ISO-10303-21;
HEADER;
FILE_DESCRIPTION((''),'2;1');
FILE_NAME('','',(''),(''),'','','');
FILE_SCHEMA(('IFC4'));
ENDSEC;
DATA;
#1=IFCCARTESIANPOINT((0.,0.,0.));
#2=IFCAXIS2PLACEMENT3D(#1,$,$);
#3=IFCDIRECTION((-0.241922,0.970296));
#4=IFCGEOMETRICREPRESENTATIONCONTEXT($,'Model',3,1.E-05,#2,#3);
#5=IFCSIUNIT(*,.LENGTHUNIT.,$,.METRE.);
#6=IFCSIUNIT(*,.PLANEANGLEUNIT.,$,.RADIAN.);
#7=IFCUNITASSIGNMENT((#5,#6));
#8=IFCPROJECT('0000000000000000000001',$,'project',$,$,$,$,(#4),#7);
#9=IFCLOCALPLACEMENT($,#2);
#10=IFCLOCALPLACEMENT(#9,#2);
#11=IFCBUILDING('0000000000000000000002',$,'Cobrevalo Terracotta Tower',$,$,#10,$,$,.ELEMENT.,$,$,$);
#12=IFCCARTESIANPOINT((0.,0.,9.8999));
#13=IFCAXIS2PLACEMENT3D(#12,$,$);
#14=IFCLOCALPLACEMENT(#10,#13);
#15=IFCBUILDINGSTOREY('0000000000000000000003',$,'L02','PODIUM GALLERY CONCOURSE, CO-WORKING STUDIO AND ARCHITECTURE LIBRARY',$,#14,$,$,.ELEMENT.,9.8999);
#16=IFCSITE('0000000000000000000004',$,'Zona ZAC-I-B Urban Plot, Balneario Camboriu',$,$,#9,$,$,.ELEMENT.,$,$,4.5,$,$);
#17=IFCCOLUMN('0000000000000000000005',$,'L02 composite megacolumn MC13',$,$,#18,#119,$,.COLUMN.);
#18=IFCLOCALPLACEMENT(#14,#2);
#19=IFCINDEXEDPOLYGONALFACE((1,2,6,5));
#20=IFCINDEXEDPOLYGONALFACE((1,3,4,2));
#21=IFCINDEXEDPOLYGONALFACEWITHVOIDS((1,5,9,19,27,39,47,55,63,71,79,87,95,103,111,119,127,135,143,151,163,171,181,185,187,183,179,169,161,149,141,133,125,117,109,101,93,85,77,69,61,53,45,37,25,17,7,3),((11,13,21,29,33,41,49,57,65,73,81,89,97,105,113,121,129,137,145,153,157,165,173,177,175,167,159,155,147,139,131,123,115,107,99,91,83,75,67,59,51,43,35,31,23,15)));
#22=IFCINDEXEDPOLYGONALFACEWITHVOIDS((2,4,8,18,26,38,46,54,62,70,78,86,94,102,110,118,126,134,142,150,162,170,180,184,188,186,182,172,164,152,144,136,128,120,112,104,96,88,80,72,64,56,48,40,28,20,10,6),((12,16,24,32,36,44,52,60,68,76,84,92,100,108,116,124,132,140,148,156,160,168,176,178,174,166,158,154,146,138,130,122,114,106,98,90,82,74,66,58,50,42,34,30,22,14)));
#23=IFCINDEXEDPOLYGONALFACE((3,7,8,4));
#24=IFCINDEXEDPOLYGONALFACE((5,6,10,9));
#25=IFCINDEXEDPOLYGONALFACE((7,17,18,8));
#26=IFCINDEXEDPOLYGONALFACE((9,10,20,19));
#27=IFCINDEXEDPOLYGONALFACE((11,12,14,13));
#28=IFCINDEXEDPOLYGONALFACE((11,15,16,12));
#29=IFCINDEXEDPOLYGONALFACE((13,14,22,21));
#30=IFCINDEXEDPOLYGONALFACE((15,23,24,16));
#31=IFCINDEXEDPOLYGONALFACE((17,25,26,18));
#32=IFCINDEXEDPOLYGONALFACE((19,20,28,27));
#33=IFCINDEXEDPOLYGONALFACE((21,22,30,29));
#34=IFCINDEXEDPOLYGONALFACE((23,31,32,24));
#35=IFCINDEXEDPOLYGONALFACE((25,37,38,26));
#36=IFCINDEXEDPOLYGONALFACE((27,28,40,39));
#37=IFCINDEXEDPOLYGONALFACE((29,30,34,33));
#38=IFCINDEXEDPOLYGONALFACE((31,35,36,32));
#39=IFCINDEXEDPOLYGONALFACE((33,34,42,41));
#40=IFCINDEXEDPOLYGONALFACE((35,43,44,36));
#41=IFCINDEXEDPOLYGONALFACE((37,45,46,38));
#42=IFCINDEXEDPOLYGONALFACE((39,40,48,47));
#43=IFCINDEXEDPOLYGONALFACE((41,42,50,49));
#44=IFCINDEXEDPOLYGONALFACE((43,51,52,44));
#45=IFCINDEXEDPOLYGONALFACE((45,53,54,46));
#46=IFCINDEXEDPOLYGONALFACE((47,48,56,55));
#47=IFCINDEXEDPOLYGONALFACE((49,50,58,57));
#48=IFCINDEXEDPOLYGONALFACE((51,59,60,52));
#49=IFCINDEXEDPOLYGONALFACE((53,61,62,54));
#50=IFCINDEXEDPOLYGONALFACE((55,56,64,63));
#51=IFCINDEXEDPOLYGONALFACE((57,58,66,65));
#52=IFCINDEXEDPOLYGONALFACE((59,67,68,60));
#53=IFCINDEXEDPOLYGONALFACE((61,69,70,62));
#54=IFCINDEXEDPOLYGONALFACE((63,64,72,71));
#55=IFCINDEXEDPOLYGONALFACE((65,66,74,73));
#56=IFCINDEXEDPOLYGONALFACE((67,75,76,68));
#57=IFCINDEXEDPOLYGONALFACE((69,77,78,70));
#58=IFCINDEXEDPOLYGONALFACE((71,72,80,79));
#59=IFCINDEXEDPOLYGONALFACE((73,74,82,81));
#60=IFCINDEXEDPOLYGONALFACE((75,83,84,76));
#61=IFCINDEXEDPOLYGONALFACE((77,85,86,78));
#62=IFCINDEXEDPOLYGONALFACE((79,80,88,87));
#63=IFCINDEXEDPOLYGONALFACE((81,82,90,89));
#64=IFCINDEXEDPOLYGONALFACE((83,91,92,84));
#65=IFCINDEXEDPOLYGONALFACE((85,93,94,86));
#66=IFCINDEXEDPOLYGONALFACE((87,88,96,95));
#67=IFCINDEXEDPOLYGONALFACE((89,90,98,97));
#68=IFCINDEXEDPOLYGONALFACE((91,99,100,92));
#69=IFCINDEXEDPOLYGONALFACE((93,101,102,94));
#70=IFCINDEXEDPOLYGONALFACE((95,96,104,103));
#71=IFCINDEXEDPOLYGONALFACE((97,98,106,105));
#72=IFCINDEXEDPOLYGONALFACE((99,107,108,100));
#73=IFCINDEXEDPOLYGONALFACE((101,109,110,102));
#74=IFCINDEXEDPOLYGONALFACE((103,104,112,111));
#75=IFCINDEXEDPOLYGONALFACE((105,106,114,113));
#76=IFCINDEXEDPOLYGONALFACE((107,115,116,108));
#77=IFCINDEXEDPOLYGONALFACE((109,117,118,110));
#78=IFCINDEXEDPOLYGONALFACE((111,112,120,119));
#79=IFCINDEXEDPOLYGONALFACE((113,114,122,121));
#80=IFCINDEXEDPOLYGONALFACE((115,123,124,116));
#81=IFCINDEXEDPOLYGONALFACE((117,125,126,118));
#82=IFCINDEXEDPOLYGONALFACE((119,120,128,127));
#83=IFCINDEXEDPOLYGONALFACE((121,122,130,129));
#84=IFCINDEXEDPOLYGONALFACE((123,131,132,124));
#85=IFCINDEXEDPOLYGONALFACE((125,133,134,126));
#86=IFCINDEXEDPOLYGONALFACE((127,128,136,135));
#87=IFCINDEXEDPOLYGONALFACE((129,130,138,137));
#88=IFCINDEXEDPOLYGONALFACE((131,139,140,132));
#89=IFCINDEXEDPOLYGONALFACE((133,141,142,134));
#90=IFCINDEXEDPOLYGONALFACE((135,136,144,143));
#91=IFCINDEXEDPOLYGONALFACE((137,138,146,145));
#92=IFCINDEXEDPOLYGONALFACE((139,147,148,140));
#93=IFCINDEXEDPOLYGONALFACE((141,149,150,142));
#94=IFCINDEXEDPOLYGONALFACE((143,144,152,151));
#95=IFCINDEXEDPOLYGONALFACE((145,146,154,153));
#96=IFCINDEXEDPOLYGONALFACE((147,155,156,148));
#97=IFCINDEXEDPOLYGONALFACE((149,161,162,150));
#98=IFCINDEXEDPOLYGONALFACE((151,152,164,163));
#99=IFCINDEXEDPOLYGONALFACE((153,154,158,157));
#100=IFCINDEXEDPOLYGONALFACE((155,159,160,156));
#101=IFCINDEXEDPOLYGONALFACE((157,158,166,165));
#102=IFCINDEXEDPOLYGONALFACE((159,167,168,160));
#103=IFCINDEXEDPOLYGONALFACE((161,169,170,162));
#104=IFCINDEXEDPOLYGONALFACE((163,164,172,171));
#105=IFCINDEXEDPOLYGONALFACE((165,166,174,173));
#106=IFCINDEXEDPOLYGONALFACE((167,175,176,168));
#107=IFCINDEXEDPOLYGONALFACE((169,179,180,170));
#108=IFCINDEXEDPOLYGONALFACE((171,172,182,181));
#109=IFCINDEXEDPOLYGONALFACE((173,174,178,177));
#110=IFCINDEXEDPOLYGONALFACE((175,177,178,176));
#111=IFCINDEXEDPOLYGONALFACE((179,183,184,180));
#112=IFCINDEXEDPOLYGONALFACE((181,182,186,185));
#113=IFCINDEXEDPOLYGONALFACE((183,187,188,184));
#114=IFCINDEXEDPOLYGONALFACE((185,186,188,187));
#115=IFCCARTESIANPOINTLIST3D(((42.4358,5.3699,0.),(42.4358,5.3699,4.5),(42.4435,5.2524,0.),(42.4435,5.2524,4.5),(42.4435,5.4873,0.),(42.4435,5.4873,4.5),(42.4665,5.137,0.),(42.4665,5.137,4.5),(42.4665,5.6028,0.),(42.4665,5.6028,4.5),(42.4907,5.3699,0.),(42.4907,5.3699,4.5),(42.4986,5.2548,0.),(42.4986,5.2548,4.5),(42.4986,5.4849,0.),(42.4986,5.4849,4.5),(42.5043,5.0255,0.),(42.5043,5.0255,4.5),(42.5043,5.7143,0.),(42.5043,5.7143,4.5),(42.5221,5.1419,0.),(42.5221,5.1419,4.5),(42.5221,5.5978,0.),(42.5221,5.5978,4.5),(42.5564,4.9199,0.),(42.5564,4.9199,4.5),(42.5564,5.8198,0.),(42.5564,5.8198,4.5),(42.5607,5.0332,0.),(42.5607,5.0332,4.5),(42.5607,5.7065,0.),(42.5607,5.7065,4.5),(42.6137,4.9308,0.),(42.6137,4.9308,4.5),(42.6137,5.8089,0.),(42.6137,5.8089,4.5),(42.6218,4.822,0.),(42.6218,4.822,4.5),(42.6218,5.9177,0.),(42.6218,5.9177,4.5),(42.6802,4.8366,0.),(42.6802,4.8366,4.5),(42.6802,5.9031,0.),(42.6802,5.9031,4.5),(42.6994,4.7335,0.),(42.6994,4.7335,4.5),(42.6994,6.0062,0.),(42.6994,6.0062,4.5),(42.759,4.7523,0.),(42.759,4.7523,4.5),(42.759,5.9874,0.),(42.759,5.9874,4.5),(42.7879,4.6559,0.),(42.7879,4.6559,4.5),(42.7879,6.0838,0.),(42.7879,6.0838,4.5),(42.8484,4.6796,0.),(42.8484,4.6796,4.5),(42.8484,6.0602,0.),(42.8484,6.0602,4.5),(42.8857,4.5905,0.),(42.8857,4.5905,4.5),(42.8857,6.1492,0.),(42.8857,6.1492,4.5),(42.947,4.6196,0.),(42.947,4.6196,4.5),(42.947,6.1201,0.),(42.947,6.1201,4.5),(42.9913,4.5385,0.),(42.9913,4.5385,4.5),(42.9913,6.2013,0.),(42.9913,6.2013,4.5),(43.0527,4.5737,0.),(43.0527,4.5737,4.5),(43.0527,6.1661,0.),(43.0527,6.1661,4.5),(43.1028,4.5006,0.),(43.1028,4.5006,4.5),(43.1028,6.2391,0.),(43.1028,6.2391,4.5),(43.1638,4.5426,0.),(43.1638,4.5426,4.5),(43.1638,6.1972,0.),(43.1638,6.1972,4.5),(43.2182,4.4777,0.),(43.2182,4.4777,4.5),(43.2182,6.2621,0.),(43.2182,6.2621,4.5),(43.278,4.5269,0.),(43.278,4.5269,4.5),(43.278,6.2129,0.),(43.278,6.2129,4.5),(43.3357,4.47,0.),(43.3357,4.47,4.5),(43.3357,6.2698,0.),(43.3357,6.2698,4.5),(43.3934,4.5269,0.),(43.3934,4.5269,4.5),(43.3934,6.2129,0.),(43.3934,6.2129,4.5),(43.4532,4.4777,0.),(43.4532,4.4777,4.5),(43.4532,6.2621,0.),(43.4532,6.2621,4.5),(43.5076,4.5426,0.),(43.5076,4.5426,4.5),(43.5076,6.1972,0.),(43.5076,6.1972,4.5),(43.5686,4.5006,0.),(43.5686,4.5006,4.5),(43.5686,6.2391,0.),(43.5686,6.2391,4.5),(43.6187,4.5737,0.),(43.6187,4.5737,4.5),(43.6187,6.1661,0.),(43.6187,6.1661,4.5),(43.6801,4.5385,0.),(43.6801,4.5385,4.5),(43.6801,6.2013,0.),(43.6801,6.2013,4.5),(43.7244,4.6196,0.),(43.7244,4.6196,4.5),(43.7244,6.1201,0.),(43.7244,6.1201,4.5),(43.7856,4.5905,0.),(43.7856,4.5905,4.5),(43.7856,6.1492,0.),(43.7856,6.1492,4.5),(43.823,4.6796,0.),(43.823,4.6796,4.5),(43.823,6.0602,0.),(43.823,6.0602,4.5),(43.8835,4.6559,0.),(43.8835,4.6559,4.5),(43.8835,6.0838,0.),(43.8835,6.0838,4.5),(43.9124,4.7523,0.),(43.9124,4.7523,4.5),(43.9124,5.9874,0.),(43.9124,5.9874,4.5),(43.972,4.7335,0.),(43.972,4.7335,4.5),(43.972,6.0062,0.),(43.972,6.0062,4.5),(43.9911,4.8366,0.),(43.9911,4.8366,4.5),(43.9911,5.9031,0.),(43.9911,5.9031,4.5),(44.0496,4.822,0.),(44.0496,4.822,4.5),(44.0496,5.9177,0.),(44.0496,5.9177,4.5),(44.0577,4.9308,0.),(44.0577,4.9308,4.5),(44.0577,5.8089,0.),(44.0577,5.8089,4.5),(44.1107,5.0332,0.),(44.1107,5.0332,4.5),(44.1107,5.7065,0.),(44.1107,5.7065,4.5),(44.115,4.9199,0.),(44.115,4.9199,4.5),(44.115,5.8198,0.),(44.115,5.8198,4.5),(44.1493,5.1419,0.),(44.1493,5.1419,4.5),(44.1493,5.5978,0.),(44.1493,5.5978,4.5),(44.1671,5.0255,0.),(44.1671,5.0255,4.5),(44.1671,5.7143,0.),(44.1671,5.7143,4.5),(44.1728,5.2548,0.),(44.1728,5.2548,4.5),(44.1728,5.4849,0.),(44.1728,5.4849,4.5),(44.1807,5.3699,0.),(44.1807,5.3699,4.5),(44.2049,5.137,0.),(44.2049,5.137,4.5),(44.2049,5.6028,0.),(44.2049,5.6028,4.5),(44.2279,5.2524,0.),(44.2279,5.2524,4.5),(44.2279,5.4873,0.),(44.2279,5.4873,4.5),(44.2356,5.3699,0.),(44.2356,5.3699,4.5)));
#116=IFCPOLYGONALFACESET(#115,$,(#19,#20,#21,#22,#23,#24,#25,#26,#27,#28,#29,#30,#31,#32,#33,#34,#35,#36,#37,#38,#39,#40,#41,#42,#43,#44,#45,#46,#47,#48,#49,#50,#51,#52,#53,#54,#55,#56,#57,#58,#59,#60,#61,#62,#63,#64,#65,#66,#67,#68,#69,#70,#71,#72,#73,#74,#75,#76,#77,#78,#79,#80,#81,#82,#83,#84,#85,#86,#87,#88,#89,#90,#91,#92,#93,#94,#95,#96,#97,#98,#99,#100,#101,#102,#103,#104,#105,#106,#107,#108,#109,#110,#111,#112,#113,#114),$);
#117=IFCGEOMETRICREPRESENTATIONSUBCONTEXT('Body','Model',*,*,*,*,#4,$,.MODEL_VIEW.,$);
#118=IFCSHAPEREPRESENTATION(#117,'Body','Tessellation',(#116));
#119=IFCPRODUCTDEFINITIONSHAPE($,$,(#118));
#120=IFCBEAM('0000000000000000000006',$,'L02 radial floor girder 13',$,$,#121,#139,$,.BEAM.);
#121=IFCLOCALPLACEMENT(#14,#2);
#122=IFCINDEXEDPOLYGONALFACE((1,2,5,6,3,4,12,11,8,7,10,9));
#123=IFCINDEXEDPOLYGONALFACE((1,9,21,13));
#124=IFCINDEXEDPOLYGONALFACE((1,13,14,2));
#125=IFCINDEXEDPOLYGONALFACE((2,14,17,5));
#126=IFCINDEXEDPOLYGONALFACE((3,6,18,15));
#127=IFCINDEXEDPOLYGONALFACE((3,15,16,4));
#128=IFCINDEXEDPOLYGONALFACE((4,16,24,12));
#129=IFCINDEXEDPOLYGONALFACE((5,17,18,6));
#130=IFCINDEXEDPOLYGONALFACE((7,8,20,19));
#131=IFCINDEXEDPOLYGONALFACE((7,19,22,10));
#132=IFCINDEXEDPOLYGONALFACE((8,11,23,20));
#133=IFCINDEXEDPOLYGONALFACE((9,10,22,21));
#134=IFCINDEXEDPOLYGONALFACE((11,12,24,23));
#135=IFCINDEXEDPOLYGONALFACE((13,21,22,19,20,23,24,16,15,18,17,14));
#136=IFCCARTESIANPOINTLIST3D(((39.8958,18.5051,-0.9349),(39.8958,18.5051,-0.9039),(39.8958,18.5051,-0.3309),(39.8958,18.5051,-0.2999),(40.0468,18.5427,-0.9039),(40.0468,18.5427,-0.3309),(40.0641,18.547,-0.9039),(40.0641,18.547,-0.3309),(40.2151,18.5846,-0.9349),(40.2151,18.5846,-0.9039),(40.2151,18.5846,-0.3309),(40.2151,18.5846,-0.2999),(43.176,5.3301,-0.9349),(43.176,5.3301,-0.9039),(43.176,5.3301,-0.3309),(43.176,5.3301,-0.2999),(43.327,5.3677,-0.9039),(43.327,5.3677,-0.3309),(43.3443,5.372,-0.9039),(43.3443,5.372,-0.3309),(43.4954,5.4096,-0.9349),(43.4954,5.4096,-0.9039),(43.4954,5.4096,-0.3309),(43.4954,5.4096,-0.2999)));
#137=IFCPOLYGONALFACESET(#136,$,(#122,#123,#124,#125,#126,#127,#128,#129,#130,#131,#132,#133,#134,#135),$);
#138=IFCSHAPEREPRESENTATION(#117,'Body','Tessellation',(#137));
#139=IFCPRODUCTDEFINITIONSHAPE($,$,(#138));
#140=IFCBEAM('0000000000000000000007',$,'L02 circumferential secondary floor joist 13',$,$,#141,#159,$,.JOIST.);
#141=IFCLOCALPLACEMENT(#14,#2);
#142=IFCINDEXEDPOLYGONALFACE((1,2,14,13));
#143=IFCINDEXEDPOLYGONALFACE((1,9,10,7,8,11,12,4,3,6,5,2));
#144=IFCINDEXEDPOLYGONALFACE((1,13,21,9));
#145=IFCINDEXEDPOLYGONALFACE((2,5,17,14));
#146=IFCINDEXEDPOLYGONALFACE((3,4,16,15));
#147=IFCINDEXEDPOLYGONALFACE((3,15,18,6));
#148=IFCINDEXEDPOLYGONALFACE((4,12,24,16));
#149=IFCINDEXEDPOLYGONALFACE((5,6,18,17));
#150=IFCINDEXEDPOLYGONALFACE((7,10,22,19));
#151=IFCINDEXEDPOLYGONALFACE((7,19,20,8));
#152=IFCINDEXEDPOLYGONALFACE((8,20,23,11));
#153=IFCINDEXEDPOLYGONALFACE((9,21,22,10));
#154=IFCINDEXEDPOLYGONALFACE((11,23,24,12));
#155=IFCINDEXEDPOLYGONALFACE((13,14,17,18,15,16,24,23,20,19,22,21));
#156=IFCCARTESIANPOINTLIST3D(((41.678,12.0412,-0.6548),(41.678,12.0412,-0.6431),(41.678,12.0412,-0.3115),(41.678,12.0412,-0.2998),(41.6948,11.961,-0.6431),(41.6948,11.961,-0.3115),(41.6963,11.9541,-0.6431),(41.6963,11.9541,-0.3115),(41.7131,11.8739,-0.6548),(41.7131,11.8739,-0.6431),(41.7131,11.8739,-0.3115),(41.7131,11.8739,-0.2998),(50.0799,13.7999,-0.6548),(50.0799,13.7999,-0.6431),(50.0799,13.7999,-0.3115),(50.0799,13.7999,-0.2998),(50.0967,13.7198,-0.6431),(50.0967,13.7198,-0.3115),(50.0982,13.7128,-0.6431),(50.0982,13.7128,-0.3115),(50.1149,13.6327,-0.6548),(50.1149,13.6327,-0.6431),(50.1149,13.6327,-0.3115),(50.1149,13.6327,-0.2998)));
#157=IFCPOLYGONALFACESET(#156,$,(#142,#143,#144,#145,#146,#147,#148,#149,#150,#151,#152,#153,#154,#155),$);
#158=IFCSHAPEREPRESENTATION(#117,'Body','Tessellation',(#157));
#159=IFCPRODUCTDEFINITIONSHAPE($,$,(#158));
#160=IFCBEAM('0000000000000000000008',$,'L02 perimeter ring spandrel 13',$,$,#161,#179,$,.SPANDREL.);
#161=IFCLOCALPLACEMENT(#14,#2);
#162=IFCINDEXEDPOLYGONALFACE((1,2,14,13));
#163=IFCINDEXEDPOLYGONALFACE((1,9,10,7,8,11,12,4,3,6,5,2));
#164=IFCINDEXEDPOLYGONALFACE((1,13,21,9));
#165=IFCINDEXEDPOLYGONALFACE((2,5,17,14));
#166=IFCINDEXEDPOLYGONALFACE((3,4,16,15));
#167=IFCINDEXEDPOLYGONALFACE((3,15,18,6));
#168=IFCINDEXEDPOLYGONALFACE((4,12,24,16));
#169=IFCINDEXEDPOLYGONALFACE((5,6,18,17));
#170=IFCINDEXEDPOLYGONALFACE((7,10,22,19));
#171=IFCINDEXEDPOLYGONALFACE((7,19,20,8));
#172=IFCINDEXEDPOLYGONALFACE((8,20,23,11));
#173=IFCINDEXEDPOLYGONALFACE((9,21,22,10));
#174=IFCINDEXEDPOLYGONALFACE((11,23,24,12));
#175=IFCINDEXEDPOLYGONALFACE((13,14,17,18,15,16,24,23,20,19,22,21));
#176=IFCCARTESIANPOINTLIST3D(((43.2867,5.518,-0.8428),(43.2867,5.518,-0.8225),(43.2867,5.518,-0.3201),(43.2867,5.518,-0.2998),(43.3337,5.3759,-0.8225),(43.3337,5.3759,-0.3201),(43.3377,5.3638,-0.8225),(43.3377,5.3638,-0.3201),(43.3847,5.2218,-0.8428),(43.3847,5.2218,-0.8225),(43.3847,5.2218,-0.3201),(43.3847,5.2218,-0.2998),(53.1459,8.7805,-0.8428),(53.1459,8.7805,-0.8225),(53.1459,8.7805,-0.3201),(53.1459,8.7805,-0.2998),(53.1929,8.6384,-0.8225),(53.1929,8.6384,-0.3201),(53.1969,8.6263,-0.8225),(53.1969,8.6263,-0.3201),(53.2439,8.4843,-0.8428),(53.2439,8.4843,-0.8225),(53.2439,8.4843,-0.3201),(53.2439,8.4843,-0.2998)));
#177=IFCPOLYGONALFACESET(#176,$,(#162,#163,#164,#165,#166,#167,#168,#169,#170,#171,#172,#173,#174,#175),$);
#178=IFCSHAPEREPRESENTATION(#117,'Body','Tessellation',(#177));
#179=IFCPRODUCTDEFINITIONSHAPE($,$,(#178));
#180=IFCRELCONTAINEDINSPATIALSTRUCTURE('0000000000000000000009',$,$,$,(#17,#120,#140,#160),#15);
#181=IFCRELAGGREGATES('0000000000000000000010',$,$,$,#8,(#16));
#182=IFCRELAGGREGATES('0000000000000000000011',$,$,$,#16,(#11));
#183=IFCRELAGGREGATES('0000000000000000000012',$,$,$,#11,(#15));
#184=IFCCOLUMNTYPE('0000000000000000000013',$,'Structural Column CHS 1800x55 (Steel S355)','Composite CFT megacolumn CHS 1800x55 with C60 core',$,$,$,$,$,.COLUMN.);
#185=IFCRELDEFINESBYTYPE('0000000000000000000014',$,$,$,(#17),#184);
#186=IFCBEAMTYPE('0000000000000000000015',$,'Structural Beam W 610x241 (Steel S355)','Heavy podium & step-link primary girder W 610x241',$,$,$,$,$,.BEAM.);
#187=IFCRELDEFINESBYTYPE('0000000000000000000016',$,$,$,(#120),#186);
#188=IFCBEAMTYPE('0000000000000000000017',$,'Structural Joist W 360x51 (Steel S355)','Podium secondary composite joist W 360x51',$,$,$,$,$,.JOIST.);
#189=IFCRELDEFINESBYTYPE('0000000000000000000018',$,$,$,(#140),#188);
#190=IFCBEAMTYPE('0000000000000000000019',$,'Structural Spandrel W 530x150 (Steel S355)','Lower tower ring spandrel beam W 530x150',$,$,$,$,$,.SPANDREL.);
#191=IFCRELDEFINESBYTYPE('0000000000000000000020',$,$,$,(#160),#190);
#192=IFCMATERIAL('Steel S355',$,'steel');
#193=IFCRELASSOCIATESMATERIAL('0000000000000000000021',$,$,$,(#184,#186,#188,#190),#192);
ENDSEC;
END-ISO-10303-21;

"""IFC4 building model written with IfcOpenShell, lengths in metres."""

from ifc_helpers import new_model, si_unit, direction, frame, origin, origin_2d, place, context, subcontext, project, spatial, hollow_circle, i_section, extrude, material, material_profile, profile_set, type_object, element, save


model = new_model("IFC4")

# Units and contexts
model_context = context("Model", 3, precision=1e-05, world=origin(), true_north=direction((-0.241922, 0.970296)))
body_context = subcontext(model_context, "Body", "Model", "MODEL_VIEW")
ifc_project = project(units=[si_unit("LENGTHUNIT", "METRE"), si_unit("PLANEANGLEUNIT", "RADIAN")], contexts=[model_context])

# Site, building, storey
site_placement = place(None, origin())
site = spatial("IfcSite", under=ifc_project, at=site_placement, Name="Zona ZAC-I-B Urban Plot, Balneario Camboriu", CompositionType="ELEMENT", RefElevation=4.5)
building_placement = place(site_placement, origin())
building = spatial("IfcBuilding", under=site, at=building_placement, Name="Cobrevalo Terracotta Tower", CompositionType="ELEMENT")
storey_placement = place(building_placement, frame((0.0, 0.0, 9.8999)))
storey = spatial("IfcBuildingStorey", under=building, at=storey_placement, Name="L02", Description="PODIUM GALLERY CONCOURSE, CO-WORKING STUDIO AND ARCHITECTURE LIBRARY", CompositionType="ELEMENT", Elevation=9.8999)

# Column
ifc_material_1 = material(Name="Steel S355", Category="steel")
ifc_material_profile_1 = material_profile(ifc_material_1, hollow_circle(Radius=0.8999, WallThickness=0.0549, at=origin_2d()), Name="CHS 1800x55")
ifc_profile_set_1 = profile_set([ifc_material_profile_1], Name="Steel S355")
column_type = type_object("IfcColumnType", Name="Structural Column CHS 1800x55 (Steel S355)", Description="Composite CFT megacolumn CHS 1800x55 with C60 core", PredefinedType="COLUMN", material=ifc_profile_set_1)
column_placement = place(storey_placement, frame((43.3357, 5.3699, 0.0), z_axis=(0.0, 0.0, 1.0), x_axis=(1.0, 0.0, 0.0)))
element("IfcColumn", 1, at=column_placement, inside=storey, type_object=column_type, Name="L02 composite megacolumn MC13", PredefinedType="COLUMN", context=body_context, shape_type="SweptSolid", body=[
    extrude(hollow_circle(Radius=0.8999, WallThickness=0.0549, at=origin_2d()), origin(), (0.0, 0.0, 1.0), 4.5),
])

# Beams
ifc_material_profile_2 = material_profile(ifc_material_1, i_section(OverallWidth=0.3291, OverallDepth=0.635, WebThickness=0.0178, FlangeThickness=0.031, at=origin_2d()), Name="W 610x241")
ifc_profile_set_2 = profile_set([ifc_material_profile_2], Name="Steel S355")
beam_type_1 = type_object("IfcBeamType", Name="Structural Beam W 610x241 (Steel S355)", Description="Heavy podium & step-link primary girder W 610x241", PredefinedType="BEAM", material=ifc_profile_set_2)
beam_1_placement = place(storey_placement, frame((43.3357, 5.3699, -0.6174), z_axis=(-0.2416, 0.970376, 0.0), x_axis=(-0.970376, -0.2416, 0.0)))
element("IfcBeam", 2, at=beam_1_placement, inside=storey, type_object=beam_type_1, Name="L02 radial floor girder 13", PredefinedType="BEAM", context=body_context, shape_type="SweptSolid", body=[
    extrude(i_section(OverallWidth=0.3291, OverallDepth=0.635, WebThickness=0.0178, FlangeThickness=0.031, at=origin_2d()), origin(), (0.0, 0.0, 1.0), 13.5771),
])
ifc_material_profile_3 = material_profile(ifc_material_1, i_section(OverallWidth=0.1709, OverallDepth=0.355, WebThickness=0.0071, FlangeThickness=0.0117, at=origin_2d()), Name="W 360x51")
ifc_profile_set_3 = profile_set([ifc_material_profile_3], Name="Steel S355")
beam_type_2 = type_object("IfcBeamType", Name="Structural Joist W 360x51 (Steel S355)", Description="Podium secondary composite joist W 360x51", PredefinedType="JOIST", material=ifc_profile_set_3)
beam_2_placement = place(storey_placement, frame((41.6956, 11.9575, -0.4773), z_axis=(0.978785, 0.204892, 0.0), x_axis=(-0.204892, 0.978785, 0.0)))
element("IfcBeam", 3, at=beam_2_placement, inside=storey, type_object=beam_type_2, Name="L02 circumferential secondary floor joist 13", PredefinedType="JOIST", context=body_context, shape_type="SweptSolid", body=[
    extrude(i_section(OverallWidth=0.1709, OverallDepth=0.355, WebThickness=0.0071, FlangeThickness=0.0117, at=origin_2d()), origin(), (0.0, 0.0, 1.0), 8.584),
])
ifc_material_profile_4 = material_profile(ifc_material_1, i_section(OverallWidth=0.312, OverallDepth=0.543, WebThickness=0.0127, FlangeThickness=0.0203, at=origin_2d()), Name="W 530x150")
ifc_profile_set_4 = profile_set([ifc_material_profile_4], Name="Steel S355")
beam_type_3 = type_object("IfcBeamType", Name="Structural Spandrel W 530x150 (Steel S355)", Description="Lower tower ring spandrel beam W 530x150", PredefinedType="SPANDREL", material=ifc_profile_set_4)
beam_3_placement = place(storey_placement, frame((43.3357, 5.3699, -0.5713), z_axis=(0.949372, 0.314153, 0.0), x_axis=(-0.314153, 0.949372, 0.0)))
element("IfcBeam", 4, at=beam_3_placement, inside=storey, type_object=beam_type_3, Name="L02 perimeter ring spandrel 13", PredefinedType="SPANDREL", context=body_context, shape_type="SweptSolid", body=[
    extrude(i_section(OverallWidth=0.312, OverallDepth=0.543, WebThickness=0.0127, FlangeThickness=0.0203, at=origin_2d()), origin(), (0.0, 0.0, 1.0), 10.385),
])

save(model, "model.ifc")
